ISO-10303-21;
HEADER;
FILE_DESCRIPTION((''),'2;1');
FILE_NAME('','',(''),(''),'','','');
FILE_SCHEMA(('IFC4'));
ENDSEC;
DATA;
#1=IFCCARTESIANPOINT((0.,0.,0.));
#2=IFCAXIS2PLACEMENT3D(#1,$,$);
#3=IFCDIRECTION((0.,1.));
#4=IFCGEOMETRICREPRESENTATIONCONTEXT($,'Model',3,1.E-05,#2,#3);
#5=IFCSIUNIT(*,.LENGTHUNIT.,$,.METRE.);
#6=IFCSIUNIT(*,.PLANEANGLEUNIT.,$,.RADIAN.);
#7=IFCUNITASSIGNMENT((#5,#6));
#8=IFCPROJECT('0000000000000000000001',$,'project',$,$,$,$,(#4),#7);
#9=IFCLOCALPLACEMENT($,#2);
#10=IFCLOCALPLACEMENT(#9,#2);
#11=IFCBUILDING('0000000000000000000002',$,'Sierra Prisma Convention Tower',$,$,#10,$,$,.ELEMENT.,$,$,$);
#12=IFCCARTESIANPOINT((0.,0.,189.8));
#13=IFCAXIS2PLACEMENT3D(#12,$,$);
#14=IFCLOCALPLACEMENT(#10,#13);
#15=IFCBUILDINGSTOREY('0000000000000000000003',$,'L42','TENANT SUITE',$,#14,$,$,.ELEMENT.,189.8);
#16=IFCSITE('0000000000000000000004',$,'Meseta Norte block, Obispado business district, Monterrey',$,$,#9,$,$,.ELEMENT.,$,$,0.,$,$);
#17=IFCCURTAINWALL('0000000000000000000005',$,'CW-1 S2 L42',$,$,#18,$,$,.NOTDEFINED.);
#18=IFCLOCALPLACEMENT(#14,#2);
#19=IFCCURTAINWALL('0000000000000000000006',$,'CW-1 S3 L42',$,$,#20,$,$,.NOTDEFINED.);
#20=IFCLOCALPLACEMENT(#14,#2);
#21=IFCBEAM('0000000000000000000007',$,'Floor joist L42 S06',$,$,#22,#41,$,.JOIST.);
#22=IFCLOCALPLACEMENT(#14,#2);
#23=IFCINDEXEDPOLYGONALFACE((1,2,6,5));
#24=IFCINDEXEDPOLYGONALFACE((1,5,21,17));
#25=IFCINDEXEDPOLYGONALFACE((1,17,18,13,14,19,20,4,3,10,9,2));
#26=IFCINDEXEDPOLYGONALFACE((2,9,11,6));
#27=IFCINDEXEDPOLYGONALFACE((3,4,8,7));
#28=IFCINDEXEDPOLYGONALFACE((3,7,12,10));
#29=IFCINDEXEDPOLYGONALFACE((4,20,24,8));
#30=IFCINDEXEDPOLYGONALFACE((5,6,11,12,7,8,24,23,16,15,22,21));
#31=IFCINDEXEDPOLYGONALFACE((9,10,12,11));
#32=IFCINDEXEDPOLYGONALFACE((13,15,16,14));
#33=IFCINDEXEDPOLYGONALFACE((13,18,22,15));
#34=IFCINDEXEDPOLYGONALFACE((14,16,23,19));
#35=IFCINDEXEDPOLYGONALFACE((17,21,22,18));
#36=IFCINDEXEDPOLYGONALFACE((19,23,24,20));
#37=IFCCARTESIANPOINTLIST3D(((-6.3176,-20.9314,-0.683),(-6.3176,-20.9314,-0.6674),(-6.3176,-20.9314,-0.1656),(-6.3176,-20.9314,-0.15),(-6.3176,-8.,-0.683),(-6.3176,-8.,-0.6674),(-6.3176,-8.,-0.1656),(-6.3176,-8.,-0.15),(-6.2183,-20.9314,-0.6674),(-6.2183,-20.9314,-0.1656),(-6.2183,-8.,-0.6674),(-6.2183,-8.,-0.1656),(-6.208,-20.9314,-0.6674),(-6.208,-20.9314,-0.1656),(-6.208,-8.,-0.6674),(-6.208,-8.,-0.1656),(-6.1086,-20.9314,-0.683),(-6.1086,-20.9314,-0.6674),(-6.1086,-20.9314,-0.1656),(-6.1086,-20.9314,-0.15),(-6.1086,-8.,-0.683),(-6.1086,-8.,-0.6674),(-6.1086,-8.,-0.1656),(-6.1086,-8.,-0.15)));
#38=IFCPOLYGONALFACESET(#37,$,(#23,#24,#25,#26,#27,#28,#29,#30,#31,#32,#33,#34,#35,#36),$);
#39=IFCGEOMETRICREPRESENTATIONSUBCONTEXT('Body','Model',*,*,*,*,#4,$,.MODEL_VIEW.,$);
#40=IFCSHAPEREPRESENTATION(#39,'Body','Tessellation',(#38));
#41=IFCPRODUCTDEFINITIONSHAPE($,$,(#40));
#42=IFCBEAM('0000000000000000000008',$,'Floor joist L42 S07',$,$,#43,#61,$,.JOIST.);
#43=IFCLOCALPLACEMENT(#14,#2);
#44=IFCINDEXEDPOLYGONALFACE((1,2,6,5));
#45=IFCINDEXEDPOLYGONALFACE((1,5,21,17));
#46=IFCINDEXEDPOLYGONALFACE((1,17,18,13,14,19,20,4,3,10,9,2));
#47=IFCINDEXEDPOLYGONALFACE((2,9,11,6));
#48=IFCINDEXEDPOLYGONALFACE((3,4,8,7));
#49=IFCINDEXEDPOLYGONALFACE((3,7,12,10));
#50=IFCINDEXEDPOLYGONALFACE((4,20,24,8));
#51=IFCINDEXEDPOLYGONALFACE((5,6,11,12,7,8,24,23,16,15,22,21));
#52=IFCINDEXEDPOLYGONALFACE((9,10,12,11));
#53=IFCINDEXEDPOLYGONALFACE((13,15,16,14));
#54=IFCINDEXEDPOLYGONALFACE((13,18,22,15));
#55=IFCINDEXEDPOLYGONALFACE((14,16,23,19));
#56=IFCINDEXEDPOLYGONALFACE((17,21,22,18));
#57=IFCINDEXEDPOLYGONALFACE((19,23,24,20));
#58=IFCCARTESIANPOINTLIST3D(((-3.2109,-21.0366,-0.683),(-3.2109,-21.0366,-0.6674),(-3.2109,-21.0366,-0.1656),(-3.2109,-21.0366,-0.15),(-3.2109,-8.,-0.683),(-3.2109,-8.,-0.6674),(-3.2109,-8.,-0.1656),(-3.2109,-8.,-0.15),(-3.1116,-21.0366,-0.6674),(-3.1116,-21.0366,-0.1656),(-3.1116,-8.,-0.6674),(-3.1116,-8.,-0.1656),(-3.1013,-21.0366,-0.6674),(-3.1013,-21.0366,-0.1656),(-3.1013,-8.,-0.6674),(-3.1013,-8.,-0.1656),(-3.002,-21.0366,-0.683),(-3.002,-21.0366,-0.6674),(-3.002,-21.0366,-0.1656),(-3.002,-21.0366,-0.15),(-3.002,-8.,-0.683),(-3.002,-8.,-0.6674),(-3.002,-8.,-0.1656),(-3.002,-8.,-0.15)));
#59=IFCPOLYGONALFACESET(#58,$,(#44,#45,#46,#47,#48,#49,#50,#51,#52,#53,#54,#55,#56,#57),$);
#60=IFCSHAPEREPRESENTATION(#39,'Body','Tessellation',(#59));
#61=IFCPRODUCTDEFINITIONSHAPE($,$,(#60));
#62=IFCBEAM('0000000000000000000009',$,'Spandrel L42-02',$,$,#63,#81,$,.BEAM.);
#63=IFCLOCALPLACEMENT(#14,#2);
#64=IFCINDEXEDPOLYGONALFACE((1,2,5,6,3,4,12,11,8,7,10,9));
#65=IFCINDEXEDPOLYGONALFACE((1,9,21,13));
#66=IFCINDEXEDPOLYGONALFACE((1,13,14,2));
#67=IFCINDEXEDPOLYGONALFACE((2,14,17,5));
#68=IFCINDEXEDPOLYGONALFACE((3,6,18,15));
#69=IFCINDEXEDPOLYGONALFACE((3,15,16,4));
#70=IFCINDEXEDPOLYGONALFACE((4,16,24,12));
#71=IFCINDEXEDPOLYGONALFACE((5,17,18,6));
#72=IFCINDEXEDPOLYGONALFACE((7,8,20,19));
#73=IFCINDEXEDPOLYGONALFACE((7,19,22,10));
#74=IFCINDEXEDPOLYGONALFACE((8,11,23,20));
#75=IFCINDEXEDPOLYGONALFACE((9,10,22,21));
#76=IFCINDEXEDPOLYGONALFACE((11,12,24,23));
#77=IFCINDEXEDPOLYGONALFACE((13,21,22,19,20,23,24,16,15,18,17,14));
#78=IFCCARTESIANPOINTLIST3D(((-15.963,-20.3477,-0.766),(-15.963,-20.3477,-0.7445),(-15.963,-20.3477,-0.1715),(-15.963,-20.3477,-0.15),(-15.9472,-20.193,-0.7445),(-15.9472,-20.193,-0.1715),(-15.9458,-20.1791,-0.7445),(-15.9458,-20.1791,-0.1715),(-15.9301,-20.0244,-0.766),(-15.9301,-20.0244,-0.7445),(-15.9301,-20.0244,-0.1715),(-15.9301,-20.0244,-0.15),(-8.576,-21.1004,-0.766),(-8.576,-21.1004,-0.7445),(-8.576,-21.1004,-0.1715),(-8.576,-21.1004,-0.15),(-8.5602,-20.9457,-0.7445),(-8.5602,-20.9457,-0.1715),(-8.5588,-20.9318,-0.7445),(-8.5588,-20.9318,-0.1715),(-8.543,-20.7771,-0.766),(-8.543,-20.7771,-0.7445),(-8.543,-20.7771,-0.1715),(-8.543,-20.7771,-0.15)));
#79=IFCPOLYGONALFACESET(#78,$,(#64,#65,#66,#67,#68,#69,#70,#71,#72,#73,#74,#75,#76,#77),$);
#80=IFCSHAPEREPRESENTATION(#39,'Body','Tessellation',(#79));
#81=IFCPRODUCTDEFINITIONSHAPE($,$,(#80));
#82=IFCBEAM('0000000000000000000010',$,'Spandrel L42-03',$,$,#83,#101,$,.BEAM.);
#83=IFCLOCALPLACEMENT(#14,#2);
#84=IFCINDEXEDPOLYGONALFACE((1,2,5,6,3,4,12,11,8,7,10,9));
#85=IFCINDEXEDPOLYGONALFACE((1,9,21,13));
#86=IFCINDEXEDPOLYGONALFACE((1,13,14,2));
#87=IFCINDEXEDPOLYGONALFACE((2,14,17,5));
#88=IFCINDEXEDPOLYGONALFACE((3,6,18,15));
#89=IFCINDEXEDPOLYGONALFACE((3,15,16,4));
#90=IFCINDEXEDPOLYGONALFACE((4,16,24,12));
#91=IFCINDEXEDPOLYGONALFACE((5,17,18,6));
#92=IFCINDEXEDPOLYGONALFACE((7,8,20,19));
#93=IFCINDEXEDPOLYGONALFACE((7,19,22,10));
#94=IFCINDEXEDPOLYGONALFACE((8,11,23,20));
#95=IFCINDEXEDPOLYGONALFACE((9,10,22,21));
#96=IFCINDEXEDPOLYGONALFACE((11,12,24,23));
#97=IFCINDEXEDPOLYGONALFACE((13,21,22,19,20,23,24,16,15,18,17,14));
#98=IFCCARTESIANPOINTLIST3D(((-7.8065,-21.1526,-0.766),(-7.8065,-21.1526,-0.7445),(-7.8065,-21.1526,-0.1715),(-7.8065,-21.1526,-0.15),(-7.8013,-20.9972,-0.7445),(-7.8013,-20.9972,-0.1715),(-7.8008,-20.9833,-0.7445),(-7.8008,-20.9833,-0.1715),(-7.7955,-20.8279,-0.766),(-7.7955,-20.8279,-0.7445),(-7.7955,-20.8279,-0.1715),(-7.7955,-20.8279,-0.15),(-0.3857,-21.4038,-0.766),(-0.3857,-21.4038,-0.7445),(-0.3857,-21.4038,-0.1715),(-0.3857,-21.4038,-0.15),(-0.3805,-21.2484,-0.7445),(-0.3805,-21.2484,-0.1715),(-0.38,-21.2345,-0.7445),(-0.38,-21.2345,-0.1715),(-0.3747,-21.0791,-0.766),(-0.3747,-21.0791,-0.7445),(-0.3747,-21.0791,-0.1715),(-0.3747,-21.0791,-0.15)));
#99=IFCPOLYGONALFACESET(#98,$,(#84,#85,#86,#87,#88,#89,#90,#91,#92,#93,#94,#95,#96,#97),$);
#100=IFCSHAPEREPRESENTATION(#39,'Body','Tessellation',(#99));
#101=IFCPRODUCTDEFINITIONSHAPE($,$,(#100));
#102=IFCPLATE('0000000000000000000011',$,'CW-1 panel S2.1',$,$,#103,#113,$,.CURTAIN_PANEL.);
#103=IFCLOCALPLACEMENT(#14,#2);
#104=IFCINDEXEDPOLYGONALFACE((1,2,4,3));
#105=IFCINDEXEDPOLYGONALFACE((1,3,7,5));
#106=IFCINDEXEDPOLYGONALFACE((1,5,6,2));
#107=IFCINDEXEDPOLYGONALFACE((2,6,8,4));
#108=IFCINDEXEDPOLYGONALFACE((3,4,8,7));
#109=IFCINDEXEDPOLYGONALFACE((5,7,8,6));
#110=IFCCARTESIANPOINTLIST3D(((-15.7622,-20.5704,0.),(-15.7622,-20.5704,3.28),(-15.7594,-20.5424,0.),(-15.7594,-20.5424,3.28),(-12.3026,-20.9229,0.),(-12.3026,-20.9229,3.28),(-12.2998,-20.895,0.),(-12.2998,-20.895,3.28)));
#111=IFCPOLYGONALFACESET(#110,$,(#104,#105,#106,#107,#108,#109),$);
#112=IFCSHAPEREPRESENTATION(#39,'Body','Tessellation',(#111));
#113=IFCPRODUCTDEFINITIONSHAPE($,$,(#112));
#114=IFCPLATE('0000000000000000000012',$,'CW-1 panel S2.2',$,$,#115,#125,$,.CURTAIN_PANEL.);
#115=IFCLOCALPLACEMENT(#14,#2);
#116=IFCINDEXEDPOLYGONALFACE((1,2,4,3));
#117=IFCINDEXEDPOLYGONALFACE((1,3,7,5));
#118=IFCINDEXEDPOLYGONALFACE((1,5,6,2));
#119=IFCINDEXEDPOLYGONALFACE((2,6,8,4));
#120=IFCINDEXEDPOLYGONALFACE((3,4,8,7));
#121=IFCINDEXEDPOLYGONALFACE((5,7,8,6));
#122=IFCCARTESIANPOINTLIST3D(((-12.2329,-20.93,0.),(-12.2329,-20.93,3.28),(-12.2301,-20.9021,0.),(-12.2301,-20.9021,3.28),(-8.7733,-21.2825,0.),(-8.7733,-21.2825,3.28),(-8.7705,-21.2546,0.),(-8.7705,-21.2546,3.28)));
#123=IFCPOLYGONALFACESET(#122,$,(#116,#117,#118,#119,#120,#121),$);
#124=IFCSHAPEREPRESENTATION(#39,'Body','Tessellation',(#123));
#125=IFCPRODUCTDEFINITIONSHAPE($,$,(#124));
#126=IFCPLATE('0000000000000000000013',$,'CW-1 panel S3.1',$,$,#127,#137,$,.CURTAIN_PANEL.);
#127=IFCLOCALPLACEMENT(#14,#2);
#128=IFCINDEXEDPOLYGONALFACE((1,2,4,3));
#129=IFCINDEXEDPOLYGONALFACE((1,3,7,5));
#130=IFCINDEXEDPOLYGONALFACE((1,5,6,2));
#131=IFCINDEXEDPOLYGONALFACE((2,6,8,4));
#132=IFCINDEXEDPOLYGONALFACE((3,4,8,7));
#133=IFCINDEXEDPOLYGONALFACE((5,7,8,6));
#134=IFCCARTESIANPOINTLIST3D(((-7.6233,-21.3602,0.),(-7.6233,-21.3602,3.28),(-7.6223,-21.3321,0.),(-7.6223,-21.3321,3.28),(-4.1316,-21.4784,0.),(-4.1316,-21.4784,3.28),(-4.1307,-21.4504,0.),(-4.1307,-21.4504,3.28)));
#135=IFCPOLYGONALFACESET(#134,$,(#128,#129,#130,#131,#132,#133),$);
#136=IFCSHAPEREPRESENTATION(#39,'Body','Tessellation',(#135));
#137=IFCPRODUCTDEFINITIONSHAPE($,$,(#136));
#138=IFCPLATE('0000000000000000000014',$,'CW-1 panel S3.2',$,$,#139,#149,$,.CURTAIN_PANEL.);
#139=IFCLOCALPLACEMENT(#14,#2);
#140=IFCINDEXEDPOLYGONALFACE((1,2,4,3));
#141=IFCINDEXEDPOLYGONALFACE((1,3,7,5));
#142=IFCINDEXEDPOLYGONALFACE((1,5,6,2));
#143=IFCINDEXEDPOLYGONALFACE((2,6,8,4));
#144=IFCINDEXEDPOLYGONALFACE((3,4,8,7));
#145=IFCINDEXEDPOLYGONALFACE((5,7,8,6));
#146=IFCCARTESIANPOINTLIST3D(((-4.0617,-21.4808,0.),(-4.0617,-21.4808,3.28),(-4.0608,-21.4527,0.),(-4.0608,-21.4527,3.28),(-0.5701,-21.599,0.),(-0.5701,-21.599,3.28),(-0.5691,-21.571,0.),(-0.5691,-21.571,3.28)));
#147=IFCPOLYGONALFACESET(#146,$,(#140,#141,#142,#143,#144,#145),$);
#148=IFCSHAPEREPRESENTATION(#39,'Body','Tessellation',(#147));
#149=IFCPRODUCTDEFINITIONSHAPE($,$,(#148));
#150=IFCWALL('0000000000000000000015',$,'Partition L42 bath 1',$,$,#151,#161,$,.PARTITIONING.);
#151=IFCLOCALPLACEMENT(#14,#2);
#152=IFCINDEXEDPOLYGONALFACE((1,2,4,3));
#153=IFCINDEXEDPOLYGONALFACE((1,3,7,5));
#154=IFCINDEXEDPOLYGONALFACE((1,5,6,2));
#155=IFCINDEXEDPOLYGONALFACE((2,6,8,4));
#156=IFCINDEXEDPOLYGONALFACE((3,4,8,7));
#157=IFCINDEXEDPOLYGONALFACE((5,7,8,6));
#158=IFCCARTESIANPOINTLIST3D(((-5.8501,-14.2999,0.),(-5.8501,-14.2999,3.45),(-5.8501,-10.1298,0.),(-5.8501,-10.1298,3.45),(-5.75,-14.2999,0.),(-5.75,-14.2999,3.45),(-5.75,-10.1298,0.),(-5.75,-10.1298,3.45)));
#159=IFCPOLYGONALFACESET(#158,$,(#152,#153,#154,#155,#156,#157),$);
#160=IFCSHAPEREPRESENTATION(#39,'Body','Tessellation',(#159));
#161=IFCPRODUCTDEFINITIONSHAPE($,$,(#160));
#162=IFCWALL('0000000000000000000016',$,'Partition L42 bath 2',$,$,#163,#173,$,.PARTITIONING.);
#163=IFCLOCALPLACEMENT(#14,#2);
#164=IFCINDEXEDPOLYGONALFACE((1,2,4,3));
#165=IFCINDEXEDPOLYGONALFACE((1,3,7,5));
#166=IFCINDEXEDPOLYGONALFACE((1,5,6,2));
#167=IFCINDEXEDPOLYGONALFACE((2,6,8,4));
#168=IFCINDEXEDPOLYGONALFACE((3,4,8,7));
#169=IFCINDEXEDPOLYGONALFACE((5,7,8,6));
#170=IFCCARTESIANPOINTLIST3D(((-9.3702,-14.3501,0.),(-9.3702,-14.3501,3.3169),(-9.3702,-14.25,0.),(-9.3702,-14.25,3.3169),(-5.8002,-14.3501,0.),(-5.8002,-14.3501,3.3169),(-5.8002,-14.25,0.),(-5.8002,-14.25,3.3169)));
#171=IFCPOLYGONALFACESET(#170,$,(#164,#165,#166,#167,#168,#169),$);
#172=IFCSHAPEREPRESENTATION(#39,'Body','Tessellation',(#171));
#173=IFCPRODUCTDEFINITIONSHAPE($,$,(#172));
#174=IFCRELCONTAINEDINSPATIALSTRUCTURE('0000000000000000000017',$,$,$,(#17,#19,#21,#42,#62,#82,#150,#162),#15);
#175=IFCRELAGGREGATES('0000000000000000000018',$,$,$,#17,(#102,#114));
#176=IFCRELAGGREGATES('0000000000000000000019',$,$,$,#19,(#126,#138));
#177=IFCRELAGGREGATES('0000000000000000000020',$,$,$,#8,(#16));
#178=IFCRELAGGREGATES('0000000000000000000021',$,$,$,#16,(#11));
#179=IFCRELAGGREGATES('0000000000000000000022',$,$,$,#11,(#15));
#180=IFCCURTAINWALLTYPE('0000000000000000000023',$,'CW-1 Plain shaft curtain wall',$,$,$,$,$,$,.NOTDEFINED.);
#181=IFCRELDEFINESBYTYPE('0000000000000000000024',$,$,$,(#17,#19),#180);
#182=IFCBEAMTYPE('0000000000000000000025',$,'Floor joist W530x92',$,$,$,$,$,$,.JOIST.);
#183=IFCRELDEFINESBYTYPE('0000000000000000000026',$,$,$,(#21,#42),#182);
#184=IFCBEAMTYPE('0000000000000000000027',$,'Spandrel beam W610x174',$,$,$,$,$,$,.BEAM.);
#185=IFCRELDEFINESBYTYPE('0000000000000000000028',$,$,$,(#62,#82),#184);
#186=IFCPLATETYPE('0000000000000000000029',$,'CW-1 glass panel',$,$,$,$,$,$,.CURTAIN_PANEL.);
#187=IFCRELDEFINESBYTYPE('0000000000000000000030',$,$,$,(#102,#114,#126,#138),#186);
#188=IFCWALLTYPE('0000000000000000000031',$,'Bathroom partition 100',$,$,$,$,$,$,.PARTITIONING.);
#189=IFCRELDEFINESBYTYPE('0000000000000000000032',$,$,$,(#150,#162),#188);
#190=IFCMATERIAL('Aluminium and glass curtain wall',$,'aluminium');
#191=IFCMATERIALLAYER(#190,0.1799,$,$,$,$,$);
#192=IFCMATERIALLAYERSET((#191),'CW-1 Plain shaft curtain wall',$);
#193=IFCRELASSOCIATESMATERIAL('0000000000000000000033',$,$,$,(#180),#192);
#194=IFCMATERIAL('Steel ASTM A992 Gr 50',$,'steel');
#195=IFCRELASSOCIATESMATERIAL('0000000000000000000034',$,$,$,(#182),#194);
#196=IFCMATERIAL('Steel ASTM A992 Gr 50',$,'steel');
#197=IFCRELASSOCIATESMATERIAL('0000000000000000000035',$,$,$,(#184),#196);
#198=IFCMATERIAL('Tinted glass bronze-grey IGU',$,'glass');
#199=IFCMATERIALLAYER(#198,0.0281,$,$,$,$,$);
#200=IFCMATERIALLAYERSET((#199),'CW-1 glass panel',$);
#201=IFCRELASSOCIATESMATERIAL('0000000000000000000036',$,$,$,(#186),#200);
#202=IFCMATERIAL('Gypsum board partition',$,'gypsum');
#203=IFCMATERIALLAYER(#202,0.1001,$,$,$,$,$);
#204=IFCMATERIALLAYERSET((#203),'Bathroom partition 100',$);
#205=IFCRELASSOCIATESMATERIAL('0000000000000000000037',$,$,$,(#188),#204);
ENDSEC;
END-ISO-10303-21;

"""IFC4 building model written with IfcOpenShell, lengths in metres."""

from ifc_helpers import new_model, si_unit, direction, frame, frame_2d, origin, origin_2d, place, context, subcontext, project, spatial, rectangle, i_section, extrude, material, layer, layer_set, material_profile, profile_set, type_object, element, aggregate, save


model = new_model("IFC4")

# Units and contexts
model_context = context("Model", 3, precision=1e-05, world=origin(), true_north=direction((0.0, 1.0)))
body_context = subcontext(model_context, "Body", "Model", "MODEL_VIEW")
ifc_project = project(units=[si_unit("LENGTHUNIT", "METRE"), si_unit("PLANEANGLEUNIT", "RADIAN")], contexts=[model_context])

# Site, building, storey
site_placement = place(None, origin())
site = spatial("IfcSite", under=ifc_project, at=site_placement, Name="Meseta Norte block, Obispado business district, Monterrey", CompositionType="ELEMENT", RefElevation=0.0)
building_placement = place(site_placement, origin())
building = spatial("IfcBuilding", under=site, at=building_placement, Name="Sierra Prisma Convention Tower", CompositionType="ELEMENT")
storey_placement = place(building_placement, frame((0.0, 0.0, 189.8)))
storey = spatial("IfcBuildingStorey", under=building, at=storey_placement, Name="L42", Description="TENANT SUITE", CompositionType="ELEMENT", Elevation=189.8)

# Curtain walls
ifc_material_1 = material(Name="Aluminium and glass curtain wall", Category="aluminium")
ifc_layer_1 = layer(ifc_material_1, 0.1799)
ifc_layer_set_1 = layer_set([ifc_layer_1], Name="CW-1 Plain shaft curtain wall")
curtain_wall_type = type_object("IfcCurtainWallType", Name="CW-1 Plain shaft curtain wall", PredefinedType="NOTDEFINED", material=ifc_layer_set_1)
curtain_wall_1_placement = place(storey_placement, origin())
curtain_wall_1 = element("IfcCurtainWall", 1, at=curtain_wall_1_placement, inside=storey, type_object=curtain_wall_type, Name="CW-1 S2 L42", PredefinedType="NOTDEFINED")
curtain_wall_2_placement = place(storey_placement, origin())
curtain_wall_2 = element("IfcCurtainWall", 2, at=curtain_wall_2_placement, inside=storey, type_object=curtain_wall_type, Name="CW-1 S3 L42", PredefinedType="NOTDEFINED")

# Beams
ifc_material_2 = material(Name="Steel ASTM A992 Gr 50", Category="steel")
ifc_material_profile_1 = material_profile(ifc_material_2, i_section(OverallWidth=0.209, OverallDepth=0.533, WebThickness=0.0103, FlangeThickness=0.0156, at=origin_2d()), Name="W530x92")
ifc_profile_set_1 = profile_set([ifc_material_profile_1], Name="Steel ASTM A992 Gr 50")
beam_type_1 = type_object("IfcBeamType", Name="Floor joist W530x92", PredefinedType="JOIST", material=ifc_profile_set_1)
beam_1_placement = place(storey_placement, frame((-6.2131, -20.9314, -0.4165), z_axis=(0.0, 1.0, 0.0), x_axis=(-1.0, 0.0, 0.0)))
element("IfcBeam", 3, at=beam_1_placement, inside=storey, type_object=beam_type_1, Name="Floor joist L42 S06", PredefinedType="JOIST", context=body_context, shape_type="SweptSolid", body=[
    extrude(i_section(OverallWidth=0.209, OverallDepth=0.533, WebThickness=0.0103, FlangeThickness=0.0156, at=origin_2d()), origin(), (0.0, 0.0, 1.0), 12.9314),
])
beam_2_placement = place(storey_placement, frame((-3.1064, -21.0366, -0.4165), z_axis=(0.0, 1.0, 0.0), x_axis=(-1.0, 0.0, 0.0)))
element("IfcBeam", 4, at=beam_2_placement, inside=storey, type_object=beam_type_1, Name="Floor joist L42 S07", PredefinedType="JOIST", context=body_context, shape_type="SweptSolid", body=[
    extrude(i_section(OverallWidth=0.209, OverallDepth=0.533, WebThickness=0.0103, FlangeThickness=0.0156, at=origin_2d()), origin(), (0.0, 0.0, 1.0), 13.0366),
])
ifc_material_3 = material(Name="Steel ASTM A992 Gr 50", Category="steel")
ifc_material_profile_2 = material_profile(ifc_material_3, i_section(OverallWidth=0.325, OverallDepth=0.616, WebThickness=0.0139, FlangeThickness=0.0215, at=origin_2d()), Name="W610x174")
ifc_profile_set_2 = profile_set([ifc_material_profile_2], Name="Steel ASTM A992 Gr 50")
beam_type_2 = type_object("IfcBeamType", Name="Spandrel beam W610x174", PredefinedType="BEAM", material=ifc_profile_set_2)
beam_3_placement = place(storey_placement, frame((-15.9465, -20.186, -0.458), z_axis=(0.994849, -0.101369, 0.0), x_axis=(0.101369, 0.994849, 0.0)))
element("IfcBeam", 5, at=beam_3_placement, inside=storey, type_object=beam_type_2, Name="Spandrel L42-02", PredefinedType="BEAM", context=body_context, shape_type="SweptSolid", body=[
    extrude(i_section(OverallWidth=0.325, OverallDepth=0.616, WebThickness=0.0139, FlangeThickness=0.0215, at=origin_2d()), origin(), (0.0, 0.0, 1.0), 7.4253),
])
beam_4_placement = place(storey_placement, frame((-7.801, -20.9902, -0.458), z_axis=(0.999427, -0.033834, 0.0), x_axis=(0.033834, 0.999427, 0.0)))
element("IfcBeam", 6, at=beam_4_placement, inside=storey, type_object=beam_type_2, Name="Spandrel L42-03", PredefinedType="BEAM", context=body_context, shape_type="SweptSolid", body=[
    extrude(i_section(OverallWidth=0.325, OverallDepth=0.616, WebThickness=0.0139, FlangeThickness=0.0215, at=origin_2d()), origin(), (0.0, 0.0, 1.0), 7.425),
])

# Plates
ifc_material_4 = material(Name="Tinted glass bronze-grey IGU", Category="glass")
ifc_layer_2 = layer(ifc_material_4, 0.0281)
ifc_layer_set_2 = layer_set([ifc_layer_2], Name="CW-1 glass panel")
plate_type = type_object("IfcPlateType", Name="CW-1 glass panel", PredefinedType="CURTAIN_PANEL", material=ifc_layer_set_2)
plate_1_placement = place(storey_placement, frame((-14.031, -20.7327, 0.0), z_axis=(0.0, 0.0, 1.0), x_axis=(0.994849, -0.101372, 0.0)))
plate_1 = element("IfcPlate", 7, at=plate_1_placement, type_object=plate_type, Name="CW-1 panel S2.1", PredefinedType="CURTAIN_PANEL", context=body_context, shape_type="SweptSolid", body=[
    extrude(rectangle(XDim=3.4775, YDim=0.0281, at=origin_2d()), origin(), (0.0, 0.0, 1.0), 3.28),
])
plate_2_placement = place(storey_placement, frame((-10.5017, -21.0923, 0.0), z_axis=(0.0, 0.0, 1.0), x_axis=(0.994849, -0.101372, 0.0)))
plate_2 = element("IfcPlate", 8, at=plate_2_placement, type_object=plate_type, Name="CW-1 panel S2.2", PredefinedType="CURTAIN_PANEL", context=body_context, shape_type="SweptSolid", body=[
    extrude(rectangle(XDim=3.4775, YDim=0.0281, at=origin_2d()), origin(), (0.0, 0.0, 1.0), 3.28),
])
aggregate(curtain_wall_1, [plate_1, plate_2])
plate_3_placement = place(storey_placement, frame((-5.877, -21.4053, 0.0), z_axis=(0.0, 0.0, 1.0), x_axis=(0.999427, -0.033843, 0.0)))
plate_3 = element("IfcPlate", 9, at=plate_3_placement, type_object=plate_type, Name="CW-1 panel S3.1", PredefinedType="CURTAIN_PANEL", context=body_context, shape_type="SweptSolid", body=[
    extrude(rectangle(XDim=3.4937, YDim=0.0281, at=origin_2d()), origin(), (0.0, 0.0, 1.0), 3.28),
])
plate_4_placement = place(storey_placement, frame((-2.3154, -21.5259, 0.0), z_axis=(0.0, 0.0, 1.0), x_axis=(0.999427, -0.033843, 0.0)))
plate_4 = element("IfcPlate", 10, at=plate_4_placement, type_object=plate_type, Name="CW-1 panel S3.2", PredefinedType="CURTAIN_PANEL", context=body_context, shape_type="SweptSolid", body=[
    extrude(rectangle(XDim=3.4937, YDim=0.0281, at=origin_2d()), origin(), (0.0, 0.0, 1.0), 3.28),
])
aggregate(curtain_wall_2, [plate_3, plate_4])

# Walls
ifc_material_5 = material(Name="Gypsum board partition", Category="gypsum")
ifc_layer_3 = layer(ifc_material_5, 0.1001)
ifc_layer_set_3 = layer_set([ifc_layer_3], Name="Bathroom partition 100")
wall_type_1 = type_object("IfcWallType", Name="Bathroom partition 100", PredefinedType="PARTITIONING", material=ifc_layer_set_3)
wall_1_placement = place(storey_placement, frame((-5.8, -10.1299, 0.0), z_axis=(0.0, 0.0, 1.0), x_axis=(0.0, -1.0, 0.0)))
element("IfcWall", 11, at=wall_1_placement, inside=storey, type_object=wall_type_1, Name="Partition L42 bath 1", PredefinedType="PARTITIONING", context=body_context, shape_type="SweptSolid", body=[
    extrude(rectangle(XDim=4.1702, YDim=0.1001, at=frame_2d((2.085, 0.0))), origin(), (0.0, 0.0, 1.0), 3.45),
])
wall_2_placement = place(storey_placement, frame((-5.8, -14.3, 0.0), z_axis=(0.0, 0.0, 1.0), x_axis=(-1.0, 0.0, 0.0)))
element("IfcWall", 12, at=wall_2_placement, inside=storey, type_object=wall_type_1, Name="Partition L42 bath 2", PredefinedType="PARTITIONING", context=body_context, shape_type="SweptSolid", body=[
    extrude(rectangle(XDim=3.5701, YDim=0.1001, at=frame_2d((1.7852, 0.0))), origin(), (0.0, 0.0, 1.0), 3.3169),
])

save(model, "model.ifc")
